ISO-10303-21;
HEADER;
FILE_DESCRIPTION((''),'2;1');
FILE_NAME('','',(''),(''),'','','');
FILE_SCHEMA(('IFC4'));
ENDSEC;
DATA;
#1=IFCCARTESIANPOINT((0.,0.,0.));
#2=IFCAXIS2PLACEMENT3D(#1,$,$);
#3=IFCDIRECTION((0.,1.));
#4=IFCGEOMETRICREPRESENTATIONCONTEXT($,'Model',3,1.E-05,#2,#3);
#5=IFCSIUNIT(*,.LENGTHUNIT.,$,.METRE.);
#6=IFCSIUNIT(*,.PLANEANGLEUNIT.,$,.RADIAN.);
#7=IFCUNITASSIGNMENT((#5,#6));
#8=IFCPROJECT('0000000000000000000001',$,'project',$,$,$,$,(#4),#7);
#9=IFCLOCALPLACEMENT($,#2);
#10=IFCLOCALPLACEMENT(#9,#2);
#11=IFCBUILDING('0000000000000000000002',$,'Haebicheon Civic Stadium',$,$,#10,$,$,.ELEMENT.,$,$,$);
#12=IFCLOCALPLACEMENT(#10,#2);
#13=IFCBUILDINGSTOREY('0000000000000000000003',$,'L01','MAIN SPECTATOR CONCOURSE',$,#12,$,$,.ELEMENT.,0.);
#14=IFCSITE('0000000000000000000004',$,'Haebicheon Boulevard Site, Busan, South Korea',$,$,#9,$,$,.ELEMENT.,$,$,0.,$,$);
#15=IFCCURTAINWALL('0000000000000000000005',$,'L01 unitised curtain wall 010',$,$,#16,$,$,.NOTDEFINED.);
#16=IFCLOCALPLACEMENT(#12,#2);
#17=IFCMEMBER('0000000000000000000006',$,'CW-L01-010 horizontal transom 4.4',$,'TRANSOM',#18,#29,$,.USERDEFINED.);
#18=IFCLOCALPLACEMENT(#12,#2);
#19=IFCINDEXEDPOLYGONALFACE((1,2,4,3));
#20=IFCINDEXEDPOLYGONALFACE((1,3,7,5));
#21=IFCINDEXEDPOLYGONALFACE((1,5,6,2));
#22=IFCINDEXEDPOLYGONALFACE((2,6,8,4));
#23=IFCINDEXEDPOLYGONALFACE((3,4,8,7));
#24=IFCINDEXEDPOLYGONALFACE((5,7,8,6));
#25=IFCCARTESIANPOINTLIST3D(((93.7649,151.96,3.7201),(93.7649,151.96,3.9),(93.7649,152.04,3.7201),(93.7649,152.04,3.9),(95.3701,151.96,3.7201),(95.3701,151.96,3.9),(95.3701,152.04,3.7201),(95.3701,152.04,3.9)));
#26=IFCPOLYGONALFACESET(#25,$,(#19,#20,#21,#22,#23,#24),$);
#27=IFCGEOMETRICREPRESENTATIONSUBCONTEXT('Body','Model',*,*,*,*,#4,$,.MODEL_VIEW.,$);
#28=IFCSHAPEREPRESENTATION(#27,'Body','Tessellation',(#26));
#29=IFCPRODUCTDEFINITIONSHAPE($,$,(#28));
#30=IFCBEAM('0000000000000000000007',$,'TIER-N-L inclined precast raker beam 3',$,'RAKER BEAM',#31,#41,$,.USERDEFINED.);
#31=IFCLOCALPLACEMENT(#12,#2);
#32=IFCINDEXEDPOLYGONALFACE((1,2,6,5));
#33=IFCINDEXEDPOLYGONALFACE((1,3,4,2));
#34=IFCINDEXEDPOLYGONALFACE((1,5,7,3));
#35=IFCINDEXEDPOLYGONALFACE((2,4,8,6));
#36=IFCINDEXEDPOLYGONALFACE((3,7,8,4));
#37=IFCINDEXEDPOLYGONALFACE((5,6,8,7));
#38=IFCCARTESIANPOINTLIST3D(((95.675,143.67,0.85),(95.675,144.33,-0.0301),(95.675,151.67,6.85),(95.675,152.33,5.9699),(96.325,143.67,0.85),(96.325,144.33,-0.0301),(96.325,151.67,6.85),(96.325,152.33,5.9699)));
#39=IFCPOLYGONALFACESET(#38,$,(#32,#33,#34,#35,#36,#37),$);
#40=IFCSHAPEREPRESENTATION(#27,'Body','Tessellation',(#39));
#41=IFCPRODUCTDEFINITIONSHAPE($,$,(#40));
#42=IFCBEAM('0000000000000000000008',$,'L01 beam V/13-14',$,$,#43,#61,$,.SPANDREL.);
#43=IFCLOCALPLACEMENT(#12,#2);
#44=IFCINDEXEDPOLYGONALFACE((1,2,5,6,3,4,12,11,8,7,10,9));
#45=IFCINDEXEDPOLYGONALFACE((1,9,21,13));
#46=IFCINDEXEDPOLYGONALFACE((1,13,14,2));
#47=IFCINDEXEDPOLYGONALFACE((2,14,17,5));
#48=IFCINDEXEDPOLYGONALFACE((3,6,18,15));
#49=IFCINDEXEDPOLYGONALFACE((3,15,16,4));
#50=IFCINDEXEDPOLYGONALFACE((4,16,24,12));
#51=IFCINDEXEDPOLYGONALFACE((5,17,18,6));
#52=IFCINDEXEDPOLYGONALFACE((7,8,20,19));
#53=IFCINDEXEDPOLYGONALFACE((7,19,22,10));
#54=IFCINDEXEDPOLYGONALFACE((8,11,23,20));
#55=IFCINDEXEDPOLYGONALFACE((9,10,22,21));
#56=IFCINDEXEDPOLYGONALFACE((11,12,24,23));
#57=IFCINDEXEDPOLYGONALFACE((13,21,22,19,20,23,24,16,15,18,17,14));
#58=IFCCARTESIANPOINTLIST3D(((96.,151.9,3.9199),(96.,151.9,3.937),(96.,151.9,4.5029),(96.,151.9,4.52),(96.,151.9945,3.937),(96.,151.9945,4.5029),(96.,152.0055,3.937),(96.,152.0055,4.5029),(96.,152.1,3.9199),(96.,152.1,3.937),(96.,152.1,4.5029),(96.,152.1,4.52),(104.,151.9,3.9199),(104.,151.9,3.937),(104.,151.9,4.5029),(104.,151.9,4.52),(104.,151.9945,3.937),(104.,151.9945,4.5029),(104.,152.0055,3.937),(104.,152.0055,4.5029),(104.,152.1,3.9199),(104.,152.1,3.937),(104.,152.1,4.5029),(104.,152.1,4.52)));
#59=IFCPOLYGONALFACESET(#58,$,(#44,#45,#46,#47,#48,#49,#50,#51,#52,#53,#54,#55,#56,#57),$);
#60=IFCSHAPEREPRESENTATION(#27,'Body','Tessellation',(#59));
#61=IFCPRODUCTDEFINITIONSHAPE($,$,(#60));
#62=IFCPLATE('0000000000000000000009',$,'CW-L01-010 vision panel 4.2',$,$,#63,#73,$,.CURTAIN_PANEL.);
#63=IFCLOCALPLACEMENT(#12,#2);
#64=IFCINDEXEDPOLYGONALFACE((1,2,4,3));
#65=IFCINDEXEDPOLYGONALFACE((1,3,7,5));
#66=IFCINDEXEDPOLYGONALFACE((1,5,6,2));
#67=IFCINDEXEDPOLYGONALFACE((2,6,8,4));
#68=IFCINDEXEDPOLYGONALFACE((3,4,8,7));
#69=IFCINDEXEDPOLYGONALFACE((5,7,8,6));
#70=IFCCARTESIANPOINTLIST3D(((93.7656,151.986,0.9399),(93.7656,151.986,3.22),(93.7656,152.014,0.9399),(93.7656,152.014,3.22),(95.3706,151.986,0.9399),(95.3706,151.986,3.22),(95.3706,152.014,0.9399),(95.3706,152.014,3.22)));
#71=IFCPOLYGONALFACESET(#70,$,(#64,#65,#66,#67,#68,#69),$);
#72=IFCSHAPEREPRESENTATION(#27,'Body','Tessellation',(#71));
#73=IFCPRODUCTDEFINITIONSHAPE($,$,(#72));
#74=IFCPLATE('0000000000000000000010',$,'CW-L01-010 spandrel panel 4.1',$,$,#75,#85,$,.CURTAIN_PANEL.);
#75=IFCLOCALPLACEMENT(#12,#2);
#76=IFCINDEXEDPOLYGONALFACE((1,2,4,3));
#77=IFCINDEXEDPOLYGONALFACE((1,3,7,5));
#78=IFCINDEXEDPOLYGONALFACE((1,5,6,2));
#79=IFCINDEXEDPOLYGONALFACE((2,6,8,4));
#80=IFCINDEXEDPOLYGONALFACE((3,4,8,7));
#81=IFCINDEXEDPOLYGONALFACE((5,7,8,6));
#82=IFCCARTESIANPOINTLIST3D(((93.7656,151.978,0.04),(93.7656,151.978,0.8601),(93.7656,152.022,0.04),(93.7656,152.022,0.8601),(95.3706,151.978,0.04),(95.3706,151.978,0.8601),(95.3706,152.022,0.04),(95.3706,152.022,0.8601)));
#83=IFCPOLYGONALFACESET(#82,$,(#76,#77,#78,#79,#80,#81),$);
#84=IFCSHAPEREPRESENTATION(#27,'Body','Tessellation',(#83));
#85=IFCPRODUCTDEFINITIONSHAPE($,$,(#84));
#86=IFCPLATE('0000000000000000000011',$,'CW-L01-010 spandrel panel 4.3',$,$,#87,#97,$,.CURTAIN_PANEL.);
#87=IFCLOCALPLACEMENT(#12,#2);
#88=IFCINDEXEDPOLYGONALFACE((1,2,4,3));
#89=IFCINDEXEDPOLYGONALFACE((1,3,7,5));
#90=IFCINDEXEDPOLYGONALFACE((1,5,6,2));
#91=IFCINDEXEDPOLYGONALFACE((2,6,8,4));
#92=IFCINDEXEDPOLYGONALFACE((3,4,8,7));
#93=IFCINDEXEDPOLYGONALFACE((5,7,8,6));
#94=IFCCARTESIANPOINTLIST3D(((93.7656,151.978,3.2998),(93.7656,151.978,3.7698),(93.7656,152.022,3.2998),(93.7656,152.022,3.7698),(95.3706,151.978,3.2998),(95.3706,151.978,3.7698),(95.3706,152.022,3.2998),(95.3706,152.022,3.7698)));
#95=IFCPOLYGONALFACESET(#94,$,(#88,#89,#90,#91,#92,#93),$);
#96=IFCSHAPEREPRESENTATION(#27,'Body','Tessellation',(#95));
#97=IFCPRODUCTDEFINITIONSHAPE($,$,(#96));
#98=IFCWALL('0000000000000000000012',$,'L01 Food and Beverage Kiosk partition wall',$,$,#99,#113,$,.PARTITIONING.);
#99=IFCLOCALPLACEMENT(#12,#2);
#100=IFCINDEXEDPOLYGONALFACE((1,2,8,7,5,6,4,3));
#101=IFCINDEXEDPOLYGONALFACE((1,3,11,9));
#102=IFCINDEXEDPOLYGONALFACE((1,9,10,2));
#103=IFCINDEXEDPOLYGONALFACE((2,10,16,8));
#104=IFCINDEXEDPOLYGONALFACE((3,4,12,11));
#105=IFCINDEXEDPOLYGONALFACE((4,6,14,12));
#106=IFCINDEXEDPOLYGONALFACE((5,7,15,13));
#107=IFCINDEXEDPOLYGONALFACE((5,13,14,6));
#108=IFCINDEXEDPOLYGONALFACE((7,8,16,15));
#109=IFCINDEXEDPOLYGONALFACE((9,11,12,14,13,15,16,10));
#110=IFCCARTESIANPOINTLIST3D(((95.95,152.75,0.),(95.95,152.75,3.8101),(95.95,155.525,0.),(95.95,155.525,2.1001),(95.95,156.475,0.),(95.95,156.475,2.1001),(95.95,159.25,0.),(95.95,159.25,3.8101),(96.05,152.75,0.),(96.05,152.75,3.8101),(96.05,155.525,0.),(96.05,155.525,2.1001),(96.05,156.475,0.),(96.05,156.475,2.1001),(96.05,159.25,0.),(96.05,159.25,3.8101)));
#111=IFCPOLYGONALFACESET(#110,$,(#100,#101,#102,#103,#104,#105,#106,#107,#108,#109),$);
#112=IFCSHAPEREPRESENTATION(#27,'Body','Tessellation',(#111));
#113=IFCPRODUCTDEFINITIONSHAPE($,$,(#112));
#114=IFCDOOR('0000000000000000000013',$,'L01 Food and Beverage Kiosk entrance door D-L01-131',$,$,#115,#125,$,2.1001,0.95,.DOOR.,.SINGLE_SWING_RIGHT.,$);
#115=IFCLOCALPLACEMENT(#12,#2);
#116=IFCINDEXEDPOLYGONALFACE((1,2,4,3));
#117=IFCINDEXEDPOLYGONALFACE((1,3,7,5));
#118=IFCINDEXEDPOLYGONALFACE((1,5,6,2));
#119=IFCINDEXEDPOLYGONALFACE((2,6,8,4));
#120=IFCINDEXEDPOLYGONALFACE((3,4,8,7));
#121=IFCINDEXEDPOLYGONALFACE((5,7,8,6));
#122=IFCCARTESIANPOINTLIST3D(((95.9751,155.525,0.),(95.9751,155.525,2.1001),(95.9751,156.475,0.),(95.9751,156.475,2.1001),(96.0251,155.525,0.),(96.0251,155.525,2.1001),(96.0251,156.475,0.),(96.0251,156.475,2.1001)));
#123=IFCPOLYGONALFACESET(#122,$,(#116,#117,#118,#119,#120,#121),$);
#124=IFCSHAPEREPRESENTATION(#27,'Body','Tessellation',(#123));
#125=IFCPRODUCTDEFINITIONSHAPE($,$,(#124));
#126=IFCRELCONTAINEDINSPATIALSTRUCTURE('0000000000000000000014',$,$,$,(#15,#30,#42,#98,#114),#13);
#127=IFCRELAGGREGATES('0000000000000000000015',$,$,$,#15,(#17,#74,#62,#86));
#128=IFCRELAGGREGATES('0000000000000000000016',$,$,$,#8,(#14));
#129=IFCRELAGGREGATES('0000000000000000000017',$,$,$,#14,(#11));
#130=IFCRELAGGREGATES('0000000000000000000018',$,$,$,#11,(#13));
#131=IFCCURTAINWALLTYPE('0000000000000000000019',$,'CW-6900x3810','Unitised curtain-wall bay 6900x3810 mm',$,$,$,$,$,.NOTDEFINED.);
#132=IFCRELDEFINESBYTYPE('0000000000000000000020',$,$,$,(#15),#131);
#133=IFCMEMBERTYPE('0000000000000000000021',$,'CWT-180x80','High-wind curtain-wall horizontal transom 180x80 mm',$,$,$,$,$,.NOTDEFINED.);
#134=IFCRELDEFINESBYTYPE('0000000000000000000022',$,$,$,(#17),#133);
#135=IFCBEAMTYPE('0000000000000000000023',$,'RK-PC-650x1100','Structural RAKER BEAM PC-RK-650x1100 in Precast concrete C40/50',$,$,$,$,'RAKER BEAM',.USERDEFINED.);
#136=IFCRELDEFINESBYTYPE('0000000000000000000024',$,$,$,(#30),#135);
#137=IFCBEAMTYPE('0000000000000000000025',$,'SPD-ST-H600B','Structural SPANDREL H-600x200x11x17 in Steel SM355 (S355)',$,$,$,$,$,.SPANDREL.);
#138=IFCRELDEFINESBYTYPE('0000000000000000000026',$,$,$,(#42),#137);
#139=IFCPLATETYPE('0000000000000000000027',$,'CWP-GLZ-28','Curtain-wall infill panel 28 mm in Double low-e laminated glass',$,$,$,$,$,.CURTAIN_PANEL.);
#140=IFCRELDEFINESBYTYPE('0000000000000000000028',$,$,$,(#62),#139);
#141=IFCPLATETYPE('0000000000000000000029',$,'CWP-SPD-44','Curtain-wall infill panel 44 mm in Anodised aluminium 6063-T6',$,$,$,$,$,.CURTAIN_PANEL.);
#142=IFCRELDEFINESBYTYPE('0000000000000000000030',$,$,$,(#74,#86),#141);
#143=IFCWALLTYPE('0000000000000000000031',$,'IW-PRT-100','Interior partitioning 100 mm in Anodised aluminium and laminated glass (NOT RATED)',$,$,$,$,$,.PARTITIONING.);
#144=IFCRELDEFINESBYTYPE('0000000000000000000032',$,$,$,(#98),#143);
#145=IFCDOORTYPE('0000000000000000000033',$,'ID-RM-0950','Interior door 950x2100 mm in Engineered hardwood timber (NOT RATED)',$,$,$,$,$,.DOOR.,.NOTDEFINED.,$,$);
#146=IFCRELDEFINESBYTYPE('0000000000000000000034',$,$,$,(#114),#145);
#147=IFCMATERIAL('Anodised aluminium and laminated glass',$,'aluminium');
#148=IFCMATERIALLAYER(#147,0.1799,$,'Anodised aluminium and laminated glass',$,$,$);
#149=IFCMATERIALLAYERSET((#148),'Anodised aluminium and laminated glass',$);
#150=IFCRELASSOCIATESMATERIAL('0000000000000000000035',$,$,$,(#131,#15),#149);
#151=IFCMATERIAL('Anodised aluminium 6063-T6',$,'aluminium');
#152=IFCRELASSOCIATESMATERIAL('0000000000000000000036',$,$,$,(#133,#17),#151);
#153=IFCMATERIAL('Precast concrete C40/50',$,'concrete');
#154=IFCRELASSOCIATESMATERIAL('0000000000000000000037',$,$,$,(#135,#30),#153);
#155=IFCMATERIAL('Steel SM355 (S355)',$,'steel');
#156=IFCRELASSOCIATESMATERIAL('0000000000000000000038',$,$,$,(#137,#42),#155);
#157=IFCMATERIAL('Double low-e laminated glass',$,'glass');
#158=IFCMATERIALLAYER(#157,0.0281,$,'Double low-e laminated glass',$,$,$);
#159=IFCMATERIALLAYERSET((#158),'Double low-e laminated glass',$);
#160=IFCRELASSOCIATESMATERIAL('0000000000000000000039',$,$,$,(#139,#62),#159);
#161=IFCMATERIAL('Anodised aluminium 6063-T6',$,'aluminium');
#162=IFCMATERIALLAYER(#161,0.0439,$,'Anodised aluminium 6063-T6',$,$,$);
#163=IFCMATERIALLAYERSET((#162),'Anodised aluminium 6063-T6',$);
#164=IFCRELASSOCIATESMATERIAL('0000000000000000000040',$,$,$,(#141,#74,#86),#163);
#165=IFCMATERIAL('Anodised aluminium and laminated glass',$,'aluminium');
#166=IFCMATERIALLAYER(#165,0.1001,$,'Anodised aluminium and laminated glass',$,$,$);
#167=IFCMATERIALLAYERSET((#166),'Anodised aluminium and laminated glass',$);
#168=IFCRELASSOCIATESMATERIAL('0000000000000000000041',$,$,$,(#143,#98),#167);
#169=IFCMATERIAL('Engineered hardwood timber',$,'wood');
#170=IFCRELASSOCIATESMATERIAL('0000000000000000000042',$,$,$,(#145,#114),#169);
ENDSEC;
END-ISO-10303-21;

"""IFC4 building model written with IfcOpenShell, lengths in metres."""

from ifc_helpers import new_model, si_unit, direction, frame, frame_2d, origin, origin_2d, place, context, subcontext, project, spatial, rectangle, i_section, extrude, material, layer, layer_set, material_profile, profile_set, type_object, element, fill, aggregate, save


model = new_model("IFC4")

# Units and contexts
model_context = context("Model", 3, precision=1e-05, world=origin(), true_north=direction((0.0, 1.0)))
body_context = subcontext(model_context, "Body", "Model", "MODEL_VIEW")
ifc_project = project(units=[si_unit("LENGTHUNIT", "METRE"), si_unit("PLANEANGLEUNIT", "RADIAN")], contexts=[model_context])

# Site, building, storey
site_placement = place(None, origin())
site = spatial("IfcSite", under=ifc_project, at=site_placement, Name="Haebicheon Boulevard Site, Busan, South Korea", CompositionType="ELEMENT", RefElevation=0.0)
building_placement = place(site_placement, origin())
building = spatial("IfcBuilding", under=site, at=building_placement, Name="Haebicheon Civic Stadium", CompositionType="ELEMENT")
storey_placement = place(building_placement, origin())
storey = spatial("IfcBuildingStorey", under=building, at=storey_placement, Name="L01", Description="MAIN SPECTATOR CONCOURSE", CompositionType="ELEMENT", Elevation=0.0)

# Curtain wall, member
ifc_material_1 = material(Name="Anodised aluminium and laminated glass", Category="aluminium")
ifc_layer_1 = layer(ifc_material_1, 0.1799, Name="Anodised aluminium and laminated glass")
ifc_layer_set_1 = layer_set([ifc_layer_1], Name="Anodised aluminium and laminated glass")
curtain_wall_type = type_object("IfcCurtainWallType", Name="CW-6900x3810", Description="Unitised curtain-wall bay 6900x3810 mm", PredefinedType="NOTDEFINED", material=ifc_layer_set_1)
curtain_wall_placement = place(storey_placement, origin())
curtain_wall = element("IfcCurtainWall", 1, at=curtain_wall_placement, inside=storey, type_object=curtain_wall_type, material=ifc_layer_set_1, Name="L01 unitised curtain wall 010", PredefinedType="NOTDEFINED")
ifc_material_2 = material(Name="Anodised aluminium 6063-T6", Category="aluminium")
ifc_material_profile_1 = material_profile(ifc_material_2, rectangle(XDim=0.0801, YDim=0.1799, at=origin_2d()), Name="ALU-TRAN-80x180")
ifc_profile_set_1 = profile_set([ifc_material_profile_1], Name="Anodised aluminium 6063-T6")
member_type_1 = type_object("IfcMemberType", Name="CWT-180x80", Description="High-wind curtain-wall horizontal transom 180x80 mm", PredefinedType="NOTDEFINED", material=ifc_profile_set_1)
member_1_placement = place(storey_placement, frame((93.7649, 152.0, 3.8101), z_axis=(1.0, 0.0, 0.0), x_axis=(0.0, 1.0, 0.0)))
member_1 = element("IfcMember", 2, at=member_1_placement, type_object=member_type_1, material=ifc_profile_set_1, Name="CW-L01-010 horizontal transom 4.4", ObjectType="TRANSOM", PredefinedType="USERDEFINED", context=body_context, shape_type="SweptSolid", body=[
    extrude(rectangle(XDim=0.0801, YDim=0.1799, at=origin_2d()), origin(), (0.0, 0.0, 1.0), 1.6052),
])

# Beams
ifc_material_3 = material(Name="Precast concrete C40/50", Category="concrete")
ifc_material_profile_2 = material_profile(ifc_material_3, rectangle(XDim=0.6499, YDim=1.1001, at=origin_2d()), Name="PC-RK-650x1100")
ifc_profile_set_2 = profile_set([ifc_material_profile_2], Name="Precast concrete C40/50")
beam_type_1 = type_object("IfcBeamType", Name="RK-PC-650x1100", Description="Structural RAKER BEAM PC-RK-650x1100 in Precast concrete C40/50", ElementType="RAKER BEAM", PredefinedType="USERDEFINED", material=ifc_profile_set_2)
beam_1_placement = place(storey_placement, frame((96.0, 144.0, 0.4099), z_axis=(0.0, 0.8, 0.6), x_axis=(-1.0, 0.0, 0.0)))
element("IfcBeam", 3, at=beam_1_placement, inside=storey, type_object=beam_type_1, material=ifc_profile_set_2, Name="TIER-N-L inclined precast raker beam 3", ObjectType="RAKER BEAM", PredefinedType="USERDEFINED", context=body_context, shape_type="SweptSolid", body=[
    extrude(rectangle(XDim=0.6499, YDim=1.1001, at=origin_2d()), origin(), (0.0, 0.0, 1.0), 10.0),
])
ifc_material_4 = material(Name="Steel SM355 (S355)", Category="steel")
ifc_material_profile_3 = material_profile(ifc_material_4, i_section(OverallWidth=0.2, OverallDepth=0.6001, WebThickness=0.011, FlangeThickness=0.0171, at=origin_2d()), Name="H-600x200x11x17")
ifc_profile_set_3 = profile_set([ifc_material_profile_3], Name="Steel SM355 (S355)")
beam_type_2 = type_object("IfcBeamType", Name="SPD-ST-H600B", Description="Structural SPANDREL H-600x200x11x17 in Steel SM355 (S355)", PredefinedType="SPANDREL", material=ifc_profile_set_3)
beam_2_placement = place(storey_placement, frame((96.0, 152.0, 4.22), z_axis=(1.0, 0.0, 0.0), x_axis=(0.0, 1.0, 0.0)))
element("IfcBeam", 4, at=beam_2_placement, inside=storey, type_object=beam_type_2, material=ifc_profile_set_3, Name="L01 beam V/13-14", PredefinedType="SPANDREL", context=body_context, shape_type="SweptSolid", body=[
    extrude(i_section(OverallWidth=0.2, OverallDepth=0.6001, WebThickness=0.011, FlangeThickness=0.0171, at=origin_2d()), origin(), (0.0, 0.0, 1.0), 8.0),
])

# Plates
ifc_material_5 = material(Name="Double low-e laminated glass", Category="glass")
ifc_layer_2 = layer(ifc_material_5, 0.0281, Name="Double low-e laminated glass")
ifc_layer_set_2 = layer_set([ifc_layer_2], Name="Double low-e laminated glass")
plate_type_1 = type_object("IfcPlateType", Name="CWP-GLZ-28", Description="Curtain-wall infill panel 28 mm in Double low-e laminated glass", PredefinedType="CURTAIN_PANEL", material=ifc_layer_set_2)
plate_1_placement = place(storey_placement, frame((94.5681, 152.0, 0.9399), z_axis=(0.0, 0.0, 1.0), x_axis=(1.0, 0.0, 0.0)))
plate_1 = element("IfcPlate", 5, at=plate_1_placement, type_object=plate_type_1, material=ifc_layer_set_2, Name="CW-L01-010 vision panel 4.2", PredefinedType="CURTAIN_PANEL", context=body_context, shape_type="SweptSolid", body=[
    extrude(rectangle(XDim=1.605, YDim=0.0281, at=origin_2d()), origin(), (0.0, 0.0, 1.0), 2.28),
])
ifc_material_6 = material(Name="Anodised aluminium 6063-T6", Category="aluminium")
ifc_layer_3 = layer(ifc_material_6, 0.0439, Name="Anodised aluminium 6063-T6")
ifc_layer_set_3 = layer_set([ifc_layer_3], Name="Anodised aluminium 6063-T6")
plate_type_2 = type_object("IfcPlateType", Name="CWP-SPD-44", Description="Curtain-wall infill panel 44 mm in Anodised aluminium 6063-T6", PredefinedType="CURTAIN_PANEL", material=ifc_layer_set_3)
plate_2_placement = place(storey_placement, frame((94.5681, 152.0, 0.04), z_axis=(0.0, 0.0, 1.0), x_axis=(1.0, 0.0, 0.0)))
plate_2 = element("IfcPlate", 6, at=plate_2_placement, type_object=plate_type_2, material=ifc_layer_set_3, Name="CW-L01-010 spandrel panel 4.1", PredefinedType="CURTAIN_PANEL", context=body_context, shape_type="SweptSolid", body=[
    extrude(rectangle(XDim=1.605, YDim=0.0439, at=origin_2d()), origin(), (0.0, 0.0, 1.0), 0.8201),
])
plate_3_placement = place(storey_placement, frame((94.5681, 152.0, 3.2998), z_axis=(0.0, 0.0, 1.0), x_axis=(1.0, 0.0, 0.0)))
plate_3 = element("IfcPlate", 7, at=plate_3_placement, type_object=plate_type_2, material=ifc_layer_set_3, Name="CW-L01-010 spandrel panel 4.3", PredefinedType="CURTAIN_PANEL", context=body_context, shape_type="SweptSolid", body=[
    extrude(rectangle(XDim=1.605, YDim=0.0439, at=origin_2d()), origin(), (0.0, 0.0, 1.0), 0.47),
])
aggregate(curtain_wall, [member_1, plate_2, plate_1, plate_3])

# Wall, opening, door
ifc_material_7 = material(Name="Anodised aluminium and laminated glass", Category="aluminium")
ifc_layer_4 = layer(ifc_material_7, 0.1001, Name="Anodised aluminium and laminated glass")
ifc_layer_set_4 = layer_set([ifc_layer_4], Name="Anodised aluminium and laminated glass")
wall_type = type_object("IfcWallType", Name="IW-PRT-100", Description="Interior partitioning 100 mm in Anodised aluminium and laminated glass (NOT RATED)", PredefinedType="PARTITIONING", material=ifc_layer_set_4)
wall_placement = place(storey_placement, frame((96.0, 152.75, 0.0), z_axis=(0.0, 0.0, 1.0), x_axis=(0.0, 1.0, 0.0)))
wall = element("IfcWall", 8, at=wall_placement, inside=storey, type_object=wall_type, material=ifc_layer_set_4, Name="L01 Food and Beverage Kiosk partition wall", PredefinedType="PARTITIONING", context=body_context, shape_type="SweptSolid", body=[
    extrude(rectangle(XDim=6.5, YDim=0.1001, at=frame_2d((3.25, 0.0))), origin(), (0.0, 0.0, 1.0), 3.8101),
])
opening_placement = place(wall_placement, frame((2.7749, 0.0, 0.0)))
opening = element("IfcOpeningElement", 9, at=opening_placement, cuts=wall, PredefinedType="OPENING", context=body_context, shape_type="SweptSolid", body=[
    extrude(rectangle(XDim=0.95, YDim=2.1001, at=frame_2d((0.4751, 1.05))), frame((0.0, 0.0601, 0.0), z_axis=(0.0, -1.0, 0.0), x_axis=(1.0, 0.0, 0.0)), (0.0, 0.0, 1.0), 0.1201),
])
ifc_material_8 = material(Name="Engineered hardwood timber", Category="wood")
door_type = type_object("IfcDoorType", Name="ID-RM-0950", Description="Interior door 950x2100 mm in Engineered hardwood timber (NOT RATED)", OperationType="NOTDEFINED", PredefinedType="DOOR", material=ifc_material_8)
door_placement = place(opening_placement, origin())
door = element("IfcDoor", 10, at=door_placement, inside=storey, type_object=door_type, material=ifc_material_8, Name="L01 Food and Beverage Kiosk entrance door D-L01-131", OperationType="SINGLE_SWING_RIGHT", OverallHeight=2.1001, OverallWidth=0.95, PredefinedType="DOOR", context=body_context, shape_type="SweptSolid", body=[
    extrude(rectangle(XDim=0.95, YDim=2.1001, at=frame_2d((0.4751, 1.05))), frame((0.0, 0.0249, 0.0), z_axis=(0.0, -1.0, 0.0), x_axis=(1.0, 0.0, 0.0)), (0.0, 0.0, 1.0), 0.05),
])
fill(opening, door)

save(model, "model.ifc")
